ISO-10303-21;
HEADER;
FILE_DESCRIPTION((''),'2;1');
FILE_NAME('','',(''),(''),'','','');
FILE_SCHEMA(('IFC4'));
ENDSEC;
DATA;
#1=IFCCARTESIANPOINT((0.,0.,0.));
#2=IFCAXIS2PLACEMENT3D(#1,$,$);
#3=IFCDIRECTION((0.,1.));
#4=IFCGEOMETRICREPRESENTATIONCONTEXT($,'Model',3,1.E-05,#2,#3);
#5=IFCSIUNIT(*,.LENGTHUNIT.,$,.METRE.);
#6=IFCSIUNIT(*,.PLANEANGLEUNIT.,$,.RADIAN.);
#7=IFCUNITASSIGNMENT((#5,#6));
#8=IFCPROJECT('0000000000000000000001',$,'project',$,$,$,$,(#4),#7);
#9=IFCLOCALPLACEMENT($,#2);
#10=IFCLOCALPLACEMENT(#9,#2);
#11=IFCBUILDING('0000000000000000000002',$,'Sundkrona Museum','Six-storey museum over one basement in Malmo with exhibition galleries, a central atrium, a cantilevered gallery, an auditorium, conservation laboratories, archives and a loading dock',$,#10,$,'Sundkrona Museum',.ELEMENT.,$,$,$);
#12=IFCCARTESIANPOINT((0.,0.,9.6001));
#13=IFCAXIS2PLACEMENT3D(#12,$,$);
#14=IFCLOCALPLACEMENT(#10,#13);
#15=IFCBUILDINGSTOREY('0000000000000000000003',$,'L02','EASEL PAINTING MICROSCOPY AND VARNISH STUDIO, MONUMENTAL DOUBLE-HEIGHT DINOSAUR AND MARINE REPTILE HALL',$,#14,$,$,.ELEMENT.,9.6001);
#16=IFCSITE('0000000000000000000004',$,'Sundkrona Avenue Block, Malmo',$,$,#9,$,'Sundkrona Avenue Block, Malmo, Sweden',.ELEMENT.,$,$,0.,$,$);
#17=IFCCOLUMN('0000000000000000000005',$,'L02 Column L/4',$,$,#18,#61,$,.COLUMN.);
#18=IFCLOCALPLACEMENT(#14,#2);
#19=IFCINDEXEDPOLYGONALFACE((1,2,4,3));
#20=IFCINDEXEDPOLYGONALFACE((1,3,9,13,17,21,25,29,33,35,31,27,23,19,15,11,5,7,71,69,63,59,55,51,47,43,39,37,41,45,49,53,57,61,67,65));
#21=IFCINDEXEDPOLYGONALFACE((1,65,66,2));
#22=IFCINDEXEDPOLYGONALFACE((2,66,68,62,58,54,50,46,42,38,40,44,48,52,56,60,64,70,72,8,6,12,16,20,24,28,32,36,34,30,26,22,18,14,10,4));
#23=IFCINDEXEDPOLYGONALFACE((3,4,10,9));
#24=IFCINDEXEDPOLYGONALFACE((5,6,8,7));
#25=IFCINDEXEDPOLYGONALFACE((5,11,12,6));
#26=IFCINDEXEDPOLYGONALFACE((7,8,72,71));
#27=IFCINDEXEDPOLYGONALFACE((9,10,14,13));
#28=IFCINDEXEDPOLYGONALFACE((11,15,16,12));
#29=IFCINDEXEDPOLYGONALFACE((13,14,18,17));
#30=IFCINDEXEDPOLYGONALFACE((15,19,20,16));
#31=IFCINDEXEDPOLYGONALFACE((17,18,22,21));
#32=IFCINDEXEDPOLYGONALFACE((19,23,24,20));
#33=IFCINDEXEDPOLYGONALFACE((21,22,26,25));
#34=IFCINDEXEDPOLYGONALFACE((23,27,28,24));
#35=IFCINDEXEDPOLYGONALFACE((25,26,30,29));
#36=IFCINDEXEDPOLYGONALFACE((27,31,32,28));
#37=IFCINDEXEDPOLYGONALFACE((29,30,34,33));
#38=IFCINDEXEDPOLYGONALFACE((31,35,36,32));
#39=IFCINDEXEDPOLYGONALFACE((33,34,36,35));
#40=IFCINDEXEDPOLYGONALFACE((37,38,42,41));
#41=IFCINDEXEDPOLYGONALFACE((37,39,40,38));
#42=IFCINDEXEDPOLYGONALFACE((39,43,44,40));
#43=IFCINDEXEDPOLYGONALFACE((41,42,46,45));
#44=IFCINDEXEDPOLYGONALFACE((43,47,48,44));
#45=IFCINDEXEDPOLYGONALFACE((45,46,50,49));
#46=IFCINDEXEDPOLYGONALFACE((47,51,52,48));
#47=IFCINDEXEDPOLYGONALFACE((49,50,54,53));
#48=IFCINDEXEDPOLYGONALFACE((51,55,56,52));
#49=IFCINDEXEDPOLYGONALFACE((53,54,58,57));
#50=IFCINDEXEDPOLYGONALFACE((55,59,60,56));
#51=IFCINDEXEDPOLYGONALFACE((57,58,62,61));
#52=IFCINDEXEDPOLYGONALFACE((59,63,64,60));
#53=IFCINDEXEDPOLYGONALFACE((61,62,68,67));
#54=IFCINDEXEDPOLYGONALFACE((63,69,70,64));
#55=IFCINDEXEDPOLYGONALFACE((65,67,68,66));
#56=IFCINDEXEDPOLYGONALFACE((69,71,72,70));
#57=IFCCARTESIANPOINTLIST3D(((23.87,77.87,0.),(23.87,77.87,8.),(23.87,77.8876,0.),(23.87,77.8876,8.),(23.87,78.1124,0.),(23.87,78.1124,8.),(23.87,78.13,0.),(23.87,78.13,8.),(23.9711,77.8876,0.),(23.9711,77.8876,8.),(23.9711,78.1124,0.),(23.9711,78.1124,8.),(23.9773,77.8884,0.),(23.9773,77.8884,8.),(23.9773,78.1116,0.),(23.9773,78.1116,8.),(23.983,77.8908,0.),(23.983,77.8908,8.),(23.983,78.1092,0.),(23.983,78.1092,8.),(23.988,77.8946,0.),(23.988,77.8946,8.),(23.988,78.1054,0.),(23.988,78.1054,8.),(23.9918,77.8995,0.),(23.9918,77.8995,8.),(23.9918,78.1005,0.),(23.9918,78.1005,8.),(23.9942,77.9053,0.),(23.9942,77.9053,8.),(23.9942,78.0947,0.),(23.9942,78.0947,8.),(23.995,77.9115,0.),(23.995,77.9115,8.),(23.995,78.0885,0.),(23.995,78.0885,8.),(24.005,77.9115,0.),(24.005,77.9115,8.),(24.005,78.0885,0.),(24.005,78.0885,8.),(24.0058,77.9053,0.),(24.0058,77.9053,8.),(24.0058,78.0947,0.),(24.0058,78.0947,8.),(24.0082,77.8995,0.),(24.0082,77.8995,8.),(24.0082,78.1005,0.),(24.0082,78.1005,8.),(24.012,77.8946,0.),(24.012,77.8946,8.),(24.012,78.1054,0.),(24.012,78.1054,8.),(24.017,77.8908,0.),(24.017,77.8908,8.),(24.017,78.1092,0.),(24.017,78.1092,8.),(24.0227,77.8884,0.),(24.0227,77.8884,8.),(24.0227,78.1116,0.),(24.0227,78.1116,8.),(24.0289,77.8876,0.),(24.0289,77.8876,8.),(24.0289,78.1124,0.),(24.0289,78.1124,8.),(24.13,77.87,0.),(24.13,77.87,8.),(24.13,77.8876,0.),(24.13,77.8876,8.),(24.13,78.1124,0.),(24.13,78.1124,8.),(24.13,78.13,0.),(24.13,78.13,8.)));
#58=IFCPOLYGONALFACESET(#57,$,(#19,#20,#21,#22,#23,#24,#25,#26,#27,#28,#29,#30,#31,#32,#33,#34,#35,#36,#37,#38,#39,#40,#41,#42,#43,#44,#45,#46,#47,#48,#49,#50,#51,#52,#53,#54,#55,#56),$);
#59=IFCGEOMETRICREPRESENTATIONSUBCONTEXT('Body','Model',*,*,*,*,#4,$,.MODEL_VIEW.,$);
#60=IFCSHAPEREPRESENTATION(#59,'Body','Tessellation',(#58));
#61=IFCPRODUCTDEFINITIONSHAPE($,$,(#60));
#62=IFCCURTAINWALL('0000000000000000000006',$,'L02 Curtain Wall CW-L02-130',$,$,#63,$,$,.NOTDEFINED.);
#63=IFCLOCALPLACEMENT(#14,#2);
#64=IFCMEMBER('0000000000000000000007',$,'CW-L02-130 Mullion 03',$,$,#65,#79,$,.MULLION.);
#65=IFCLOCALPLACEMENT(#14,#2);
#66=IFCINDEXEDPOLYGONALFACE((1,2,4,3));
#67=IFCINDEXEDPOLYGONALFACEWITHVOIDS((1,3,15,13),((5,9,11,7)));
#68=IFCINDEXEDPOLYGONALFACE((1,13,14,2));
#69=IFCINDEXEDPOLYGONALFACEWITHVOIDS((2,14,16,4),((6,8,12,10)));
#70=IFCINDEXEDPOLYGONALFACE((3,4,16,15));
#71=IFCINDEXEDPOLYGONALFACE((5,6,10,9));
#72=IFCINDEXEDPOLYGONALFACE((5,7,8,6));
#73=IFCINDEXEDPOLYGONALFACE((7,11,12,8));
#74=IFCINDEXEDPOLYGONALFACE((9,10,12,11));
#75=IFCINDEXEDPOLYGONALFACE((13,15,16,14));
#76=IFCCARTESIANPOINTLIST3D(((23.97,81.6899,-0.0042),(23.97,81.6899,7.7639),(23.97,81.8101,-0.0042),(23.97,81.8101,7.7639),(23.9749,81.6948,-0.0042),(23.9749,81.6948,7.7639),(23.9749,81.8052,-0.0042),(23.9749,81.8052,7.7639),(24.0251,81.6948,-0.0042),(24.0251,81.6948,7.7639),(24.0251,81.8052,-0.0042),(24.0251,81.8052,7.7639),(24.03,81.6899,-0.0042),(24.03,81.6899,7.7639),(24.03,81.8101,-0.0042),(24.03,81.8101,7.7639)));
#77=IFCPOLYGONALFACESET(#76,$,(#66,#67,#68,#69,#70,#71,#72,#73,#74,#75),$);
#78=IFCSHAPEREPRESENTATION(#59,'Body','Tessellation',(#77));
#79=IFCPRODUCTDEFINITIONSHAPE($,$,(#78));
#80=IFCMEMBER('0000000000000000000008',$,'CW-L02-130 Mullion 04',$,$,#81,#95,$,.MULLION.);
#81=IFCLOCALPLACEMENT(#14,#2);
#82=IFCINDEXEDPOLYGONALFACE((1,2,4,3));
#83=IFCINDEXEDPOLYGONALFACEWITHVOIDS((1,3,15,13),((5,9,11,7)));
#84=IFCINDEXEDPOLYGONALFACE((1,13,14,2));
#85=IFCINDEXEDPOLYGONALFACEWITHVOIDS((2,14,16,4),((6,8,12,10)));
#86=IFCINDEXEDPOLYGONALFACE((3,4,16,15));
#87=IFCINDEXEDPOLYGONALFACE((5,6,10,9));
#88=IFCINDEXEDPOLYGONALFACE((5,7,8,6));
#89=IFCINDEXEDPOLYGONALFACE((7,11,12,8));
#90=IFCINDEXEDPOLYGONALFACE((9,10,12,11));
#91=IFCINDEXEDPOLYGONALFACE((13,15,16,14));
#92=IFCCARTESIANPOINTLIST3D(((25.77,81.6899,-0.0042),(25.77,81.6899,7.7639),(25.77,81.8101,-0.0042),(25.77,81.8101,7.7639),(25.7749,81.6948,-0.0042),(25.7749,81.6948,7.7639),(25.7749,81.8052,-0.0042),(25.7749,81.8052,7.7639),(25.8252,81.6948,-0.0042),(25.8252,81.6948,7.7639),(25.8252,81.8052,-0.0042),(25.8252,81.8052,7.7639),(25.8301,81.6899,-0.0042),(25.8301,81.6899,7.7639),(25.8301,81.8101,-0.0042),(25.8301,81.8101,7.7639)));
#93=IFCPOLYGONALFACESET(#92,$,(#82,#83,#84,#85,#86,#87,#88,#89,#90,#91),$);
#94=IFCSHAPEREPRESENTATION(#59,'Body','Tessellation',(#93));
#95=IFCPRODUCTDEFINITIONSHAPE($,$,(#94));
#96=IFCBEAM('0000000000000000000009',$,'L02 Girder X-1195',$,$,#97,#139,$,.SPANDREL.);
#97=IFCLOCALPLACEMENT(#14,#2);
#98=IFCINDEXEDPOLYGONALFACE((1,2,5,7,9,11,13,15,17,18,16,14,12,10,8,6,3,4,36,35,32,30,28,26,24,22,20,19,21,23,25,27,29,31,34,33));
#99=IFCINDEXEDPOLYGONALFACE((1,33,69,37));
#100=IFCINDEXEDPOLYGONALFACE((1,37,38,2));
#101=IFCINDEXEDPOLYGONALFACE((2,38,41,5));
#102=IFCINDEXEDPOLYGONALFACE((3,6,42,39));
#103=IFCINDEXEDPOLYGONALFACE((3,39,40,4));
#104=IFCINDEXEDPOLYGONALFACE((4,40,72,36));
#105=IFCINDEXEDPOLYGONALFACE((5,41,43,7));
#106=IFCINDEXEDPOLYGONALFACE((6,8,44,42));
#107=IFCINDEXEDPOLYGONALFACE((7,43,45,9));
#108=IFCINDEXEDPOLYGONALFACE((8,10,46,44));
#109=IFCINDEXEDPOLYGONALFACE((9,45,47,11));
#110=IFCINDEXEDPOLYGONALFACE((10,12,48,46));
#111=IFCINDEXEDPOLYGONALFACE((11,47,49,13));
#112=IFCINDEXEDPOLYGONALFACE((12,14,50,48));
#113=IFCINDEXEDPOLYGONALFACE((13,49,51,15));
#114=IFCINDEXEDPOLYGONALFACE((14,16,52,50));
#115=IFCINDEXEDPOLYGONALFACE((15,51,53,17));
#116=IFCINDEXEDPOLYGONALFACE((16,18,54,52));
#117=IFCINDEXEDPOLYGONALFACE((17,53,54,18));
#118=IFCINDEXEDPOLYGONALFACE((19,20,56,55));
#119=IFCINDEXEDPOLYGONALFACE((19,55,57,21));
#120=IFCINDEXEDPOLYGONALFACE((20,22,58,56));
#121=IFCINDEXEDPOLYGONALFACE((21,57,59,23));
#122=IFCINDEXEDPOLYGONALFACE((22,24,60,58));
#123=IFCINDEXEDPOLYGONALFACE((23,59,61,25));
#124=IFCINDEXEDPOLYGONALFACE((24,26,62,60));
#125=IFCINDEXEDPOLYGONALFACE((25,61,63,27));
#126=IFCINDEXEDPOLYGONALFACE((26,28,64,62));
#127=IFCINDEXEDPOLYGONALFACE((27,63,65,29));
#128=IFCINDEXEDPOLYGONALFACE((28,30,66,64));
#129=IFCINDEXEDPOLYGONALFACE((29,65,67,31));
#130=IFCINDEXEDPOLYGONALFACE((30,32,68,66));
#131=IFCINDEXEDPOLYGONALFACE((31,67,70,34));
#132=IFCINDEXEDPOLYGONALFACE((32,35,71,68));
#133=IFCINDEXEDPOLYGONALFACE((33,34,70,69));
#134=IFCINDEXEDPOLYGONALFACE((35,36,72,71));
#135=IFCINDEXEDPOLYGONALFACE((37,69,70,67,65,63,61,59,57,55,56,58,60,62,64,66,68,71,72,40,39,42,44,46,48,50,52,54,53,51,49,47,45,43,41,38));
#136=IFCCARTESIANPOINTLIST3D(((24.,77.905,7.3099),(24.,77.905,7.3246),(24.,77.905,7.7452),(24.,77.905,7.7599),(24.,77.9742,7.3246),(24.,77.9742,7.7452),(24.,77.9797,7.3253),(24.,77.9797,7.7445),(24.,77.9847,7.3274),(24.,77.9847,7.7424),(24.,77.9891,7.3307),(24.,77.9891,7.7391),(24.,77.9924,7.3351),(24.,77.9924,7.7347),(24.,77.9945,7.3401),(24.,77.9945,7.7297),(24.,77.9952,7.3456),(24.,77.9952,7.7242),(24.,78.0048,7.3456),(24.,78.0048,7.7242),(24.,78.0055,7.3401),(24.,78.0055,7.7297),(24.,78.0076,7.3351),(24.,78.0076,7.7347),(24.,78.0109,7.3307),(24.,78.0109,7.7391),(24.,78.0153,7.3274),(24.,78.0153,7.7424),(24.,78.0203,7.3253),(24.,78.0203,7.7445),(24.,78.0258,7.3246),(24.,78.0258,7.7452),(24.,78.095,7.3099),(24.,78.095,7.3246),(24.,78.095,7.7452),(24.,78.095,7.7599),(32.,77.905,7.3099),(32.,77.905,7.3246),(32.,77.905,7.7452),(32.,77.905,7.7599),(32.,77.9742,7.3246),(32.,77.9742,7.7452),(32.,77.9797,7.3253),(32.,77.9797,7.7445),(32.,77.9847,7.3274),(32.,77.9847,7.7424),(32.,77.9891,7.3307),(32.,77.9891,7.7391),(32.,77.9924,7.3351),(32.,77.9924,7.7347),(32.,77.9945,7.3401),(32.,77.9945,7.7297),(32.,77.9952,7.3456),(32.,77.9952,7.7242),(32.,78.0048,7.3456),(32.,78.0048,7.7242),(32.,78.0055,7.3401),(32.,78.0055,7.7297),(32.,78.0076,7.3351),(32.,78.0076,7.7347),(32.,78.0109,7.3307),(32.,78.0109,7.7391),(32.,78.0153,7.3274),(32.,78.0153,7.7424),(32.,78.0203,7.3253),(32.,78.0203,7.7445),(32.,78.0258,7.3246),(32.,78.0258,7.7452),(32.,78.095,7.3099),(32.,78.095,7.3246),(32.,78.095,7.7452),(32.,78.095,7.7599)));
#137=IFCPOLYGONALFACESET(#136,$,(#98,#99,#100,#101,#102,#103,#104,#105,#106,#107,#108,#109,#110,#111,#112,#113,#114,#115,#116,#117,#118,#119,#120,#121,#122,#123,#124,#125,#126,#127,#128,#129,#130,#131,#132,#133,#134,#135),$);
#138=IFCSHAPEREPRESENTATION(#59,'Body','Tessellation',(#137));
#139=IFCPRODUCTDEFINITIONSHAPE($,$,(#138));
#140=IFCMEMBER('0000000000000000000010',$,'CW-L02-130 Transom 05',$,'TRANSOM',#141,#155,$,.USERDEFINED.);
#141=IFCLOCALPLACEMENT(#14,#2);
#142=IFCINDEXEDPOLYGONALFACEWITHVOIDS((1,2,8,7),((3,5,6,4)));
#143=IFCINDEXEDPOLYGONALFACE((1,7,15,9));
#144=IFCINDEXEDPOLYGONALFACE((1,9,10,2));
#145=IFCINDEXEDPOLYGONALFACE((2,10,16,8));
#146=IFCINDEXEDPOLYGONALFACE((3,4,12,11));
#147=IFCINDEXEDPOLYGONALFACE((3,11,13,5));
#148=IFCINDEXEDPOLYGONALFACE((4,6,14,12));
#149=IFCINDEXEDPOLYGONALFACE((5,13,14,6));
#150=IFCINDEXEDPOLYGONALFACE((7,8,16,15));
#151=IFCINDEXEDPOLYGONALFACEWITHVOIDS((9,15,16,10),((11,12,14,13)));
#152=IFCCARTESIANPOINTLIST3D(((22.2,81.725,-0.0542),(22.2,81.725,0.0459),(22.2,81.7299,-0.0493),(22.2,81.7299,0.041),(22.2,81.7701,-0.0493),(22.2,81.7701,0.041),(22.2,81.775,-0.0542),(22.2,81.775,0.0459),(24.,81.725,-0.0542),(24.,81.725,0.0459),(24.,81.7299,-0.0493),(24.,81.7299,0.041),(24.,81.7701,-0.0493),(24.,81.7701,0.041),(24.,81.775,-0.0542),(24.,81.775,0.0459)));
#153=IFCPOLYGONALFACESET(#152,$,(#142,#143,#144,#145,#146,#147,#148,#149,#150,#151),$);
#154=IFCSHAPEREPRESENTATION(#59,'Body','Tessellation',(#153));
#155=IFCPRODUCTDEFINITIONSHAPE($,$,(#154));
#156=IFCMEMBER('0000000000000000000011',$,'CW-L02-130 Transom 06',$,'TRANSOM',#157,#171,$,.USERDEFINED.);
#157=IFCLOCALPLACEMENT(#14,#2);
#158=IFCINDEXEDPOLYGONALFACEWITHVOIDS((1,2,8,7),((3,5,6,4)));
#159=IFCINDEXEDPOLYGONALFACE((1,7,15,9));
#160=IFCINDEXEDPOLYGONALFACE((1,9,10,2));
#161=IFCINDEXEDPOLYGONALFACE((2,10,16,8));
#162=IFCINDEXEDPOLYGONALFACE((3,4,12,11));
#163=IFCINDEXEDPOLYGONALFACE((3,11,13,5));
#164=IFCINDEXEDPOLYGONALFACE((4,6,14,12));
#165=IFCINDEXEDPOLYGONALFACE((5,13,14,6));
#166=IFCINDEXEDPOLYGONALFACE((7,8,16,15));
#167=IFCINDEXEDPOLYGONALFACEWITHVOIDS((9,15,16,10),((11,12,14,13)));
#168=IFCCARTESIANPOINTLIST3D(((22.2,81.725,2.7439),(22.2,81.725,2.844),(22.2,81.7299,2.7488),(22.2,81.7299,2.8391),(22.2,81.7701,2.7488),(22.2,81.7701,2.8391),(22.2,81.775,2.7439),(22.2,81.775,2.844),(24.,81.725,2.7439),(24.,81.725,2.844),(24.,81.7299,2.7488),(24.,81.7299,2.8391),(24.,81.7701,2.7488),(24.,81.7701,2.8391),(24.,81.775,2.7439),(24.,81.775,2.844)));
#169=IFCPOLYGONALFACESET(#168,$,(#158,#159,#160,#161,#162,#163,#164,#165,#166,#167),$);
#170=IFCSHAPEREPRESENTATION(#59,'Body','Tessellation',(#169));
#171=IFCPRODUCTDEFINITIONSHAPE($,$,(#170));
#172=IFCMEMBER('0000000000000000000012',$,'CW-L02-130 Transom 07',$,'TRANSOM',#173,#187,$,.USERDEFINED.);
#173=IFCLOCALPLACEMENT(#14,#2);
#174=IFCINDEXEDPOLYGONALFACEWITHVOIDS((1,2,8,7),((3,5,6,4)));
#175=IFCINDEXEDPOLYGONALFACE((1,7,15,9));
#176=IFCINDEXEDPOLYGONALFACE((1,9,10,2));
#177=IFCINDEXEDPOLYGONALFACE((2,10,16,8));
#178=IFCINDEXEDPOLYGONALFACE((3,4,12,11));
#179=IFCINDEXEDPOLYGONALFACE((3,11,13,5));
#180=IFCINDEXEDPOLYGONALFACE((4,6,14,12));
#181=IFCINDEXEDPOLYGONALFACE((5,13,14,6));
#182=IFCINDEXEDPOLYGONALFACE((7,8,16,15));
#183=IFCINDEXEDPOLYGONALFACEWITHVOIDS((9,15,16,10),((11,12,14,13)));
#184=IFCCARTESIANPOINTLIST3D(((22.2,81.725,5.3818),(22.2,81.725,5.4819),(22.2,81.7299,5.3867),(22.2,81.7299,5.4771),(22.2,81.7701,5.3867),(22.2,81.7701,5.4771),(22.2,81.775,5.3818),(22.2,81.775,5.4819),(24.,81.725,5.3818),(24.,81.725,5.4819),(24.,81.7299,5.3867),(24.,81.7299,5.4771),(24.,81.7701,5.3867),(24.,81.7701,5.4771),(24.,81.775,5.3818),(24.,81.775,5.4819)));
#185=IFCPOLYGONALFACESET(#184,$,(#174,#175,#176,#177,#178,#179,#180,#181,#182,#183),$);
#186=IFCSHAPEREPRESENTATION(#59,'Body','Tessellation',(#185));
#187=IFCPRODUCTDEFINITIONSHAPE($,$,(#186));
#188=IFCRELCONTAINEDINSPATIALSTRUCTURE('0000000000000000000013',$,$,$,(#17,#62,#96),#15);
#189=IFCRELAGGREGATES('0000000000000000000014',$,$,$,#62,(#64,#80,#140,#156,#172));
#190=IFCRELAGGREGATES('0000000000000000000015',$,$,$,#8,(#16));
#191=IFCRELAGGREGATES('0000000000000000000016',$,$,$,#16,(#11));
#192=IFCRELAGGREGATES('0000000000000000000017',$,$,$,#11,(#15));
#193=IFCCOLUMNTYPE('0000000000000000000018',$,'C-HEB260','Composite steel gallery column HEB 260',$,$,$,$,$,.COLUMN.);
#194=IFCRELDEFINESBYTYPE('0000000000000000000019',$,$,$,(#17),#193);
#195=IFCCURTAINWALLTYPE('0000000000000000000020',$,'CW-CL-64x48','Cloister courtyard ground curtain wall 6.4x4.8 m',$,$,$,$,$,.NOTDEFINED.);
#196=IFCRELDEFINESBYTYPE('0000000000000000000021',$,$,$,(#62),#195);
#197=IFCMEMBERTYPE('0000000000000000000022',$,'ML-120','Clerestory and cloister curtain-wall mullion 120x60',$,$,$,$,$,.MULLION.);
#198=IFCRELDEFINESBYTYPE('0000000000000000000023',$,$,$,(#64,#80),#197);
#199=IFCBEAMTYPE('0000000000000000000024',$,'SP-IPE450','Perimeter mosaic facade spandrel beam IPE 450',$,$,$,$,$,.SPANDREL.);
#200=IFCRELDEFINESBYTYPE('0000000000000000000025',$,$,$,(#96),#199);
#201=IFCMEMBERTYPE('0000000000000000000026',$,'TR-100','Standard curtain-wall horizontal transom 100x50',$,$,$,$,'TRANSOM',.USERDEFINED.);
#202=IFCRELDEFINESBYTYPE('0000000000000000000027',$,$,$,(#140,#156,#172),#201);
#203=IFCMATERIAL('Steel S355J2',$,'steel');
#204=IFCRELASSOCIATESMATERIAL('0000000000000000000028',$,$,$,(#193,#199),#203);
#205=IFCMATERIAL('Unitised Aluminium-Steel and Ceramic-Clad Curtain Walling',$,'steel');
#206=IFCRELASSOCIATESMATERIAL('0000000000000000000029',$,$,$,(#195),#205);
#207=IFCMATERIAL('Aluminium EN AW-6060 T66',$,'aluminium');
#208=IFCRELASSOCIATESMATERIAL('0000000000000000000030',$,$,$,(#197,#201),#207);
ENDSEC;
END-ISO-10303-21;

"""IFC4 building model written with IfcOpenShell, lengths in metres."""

from ifc_helpers import new_model, si_unit, direction, frame, origin, origin_2d, place, context, subcontext, project, spatial, hollow_rectangle, i_section, extrude, material, material_profile, profile_set, type_object, element, aggregate, save


model = new_model("IFC4")

# Units and contexts
model_context = context("Model", 3, precision=1e-05, world=origin(), true_north=direction((0.0, 1.0)))
body_context = subcontext(model_context, "Body", "Model", "MODEL_VIEW")
ifc_project = project(units=[si_unit("LENGTHUNIT", "METRE"), si_unit("PLANEANGLEUNIT", "RADIAN")], contexts=[model_context])

# Site, building, storey
site_placement = place(None, origin())
site = spatial("IfcSite", under=ifc_project, at=site_placement, Name="Sundkrona Avenue Block, Malmo", LongName="Sundkrona Avenue Block, Malmo, Sweden", CompositionType="ELEMENT", RefElevation=0.0)
building_placement = place(site_placement, origin())
building = spatial("IfcBuilding", under=site, at=building_placement, Name="Sundkrona Museum", Description="Six-storey museum over one basement in Malmo with exhibition galleries, a central atrium, a cantilevered gallery, an auditorium, conservation laboratories, archives and a loading dock", LongName="Sundkrona Museum", CompositionType="ELEMENT")
storey_placement = place(building_placement, frame((0.0, 0.0, 9.6001)))
storey = spatial("IfcBuildingStorey", under=building, at=storey_placement, Name="L02", Description="EASEL PAINTING MICROSCOPY AND VARNISH STUDIO, MONUMENTAL DOUBLE-HEIGHT DINOSAUR AND MARINE REPTILE HALL", CompositionType="ELEMENT", Elevation=9.6001)

# Column
ifc_material_1 = material(Name="Steel S355J2", Category="steel")
ifc_material_profile_1 = material_profile(ifc_material_1, i_section(OverallWidth=0.26, OverallDepth=0.26, WebThickness=0.01, FlangeThickness=0.0176, FilletRadius=0.0239, at=origin_2d()), Name="HEB 260")
ifc_profile_set_1 = profile_set([ifc_material_profile_1], Name="Steel S355J2")
column_type = type_object("IfcColumnType", Name="C-HEB260", Description="Composite steel gallery column HEB 260", PredefinedType="COLUMN", material=ifc_profile_set_1)
column_placement = place(storey_placement, frame((24.0, 78.0, 0.0), z_axis=(0.0, 0.0, 1.0), x_axis=(1.0, 0.0, 0.0)))
element("IfcColumn", 1, at=column_placement, inside=storey, type_object=column_type, Name="L02 Column L/4", PredefinedType="COLUMN", context=body_context, shape_type="SweptSolid", body=[
    extrude(i_section(OverallWidth=0.26, OverallDepth=0.26, WebThickness=0.01, FlangeThickness=0.0176, FilletRadius=0.0239, at=origin_2d()), origin(), (0.0, 0.0, 1.0), 8.0),
])

# Curtain wall, members
ifc_material_2 = material(Name="Unitised Aluminium-Steel and Ceramic-Clad Curtain Walling", Category="steel")
curtain_wall_type = type_object("IfcCurtainWallType", Name="CW-CL-64x48", Description="Cloister courtyard ground curtain wall 6.4x4.8 m", PredefinedType="NOTDEFINED", material=ifc_material_2)
curtain_wall_placement = place(storey_placement, origin())
curtain_wall = element("IfcCurtainWall", 2, at=curtain_wall_placement, inside=storey, type_object=curtain_wall_type, Name="L02 Curtain Wall CW-L02-130", PredefinedType="NOTDEFINED")
ifc_material_3 = material(Name="Aluminium EN AW-6060 T66", Category="aluminium")
ifc_material_profile_2 = material_profile(ifc_material_3, hollow_rectangle(XDim=0.0601, YDim=0.1201, WallThickness=0.0049, at=origin_2d()), Name="RHS 120x60x5.0")
ifc_profile_set_2 = profile_set([ifc_material_profile_2], Name="Aluminium EN AW-6060 T66")
member_type_1 = type_object("IfcMemberType", Name="ML-120", Description="Clerestory and cloister curtain-wall mullion 120x60", PredefinedType="MULLION", material=ifc_profile_set_2)
member_1_placement = place(storey_placement, frame((24.0, 81.75, -0.0042), z_axis=(0.0, 0.0, 1.0), x_axis=(1.0, 0.0, 0.0)))
member_1 = element("IfcMember", 3, at=member_1_placement, type_object=member_type_1, Name="CW-L02-130 Mullion 03", PredefinedType="MULLION", context=body_context, shape_type="SweptSolid", body=[
    extrude(hollow_rectangle(XDim=0.0601, YDim=0.1201, WallThickness=0.0049, at=origin_2d()), origin(), (0.0, 0.0, 1.0), 7.7681),
])
member_2_placement = place(storey_placement, frame((25.8, 81.75, -0.0042), z_axis=(0.0, 0.0, 1.0), x_axis=(1.0, 0.0, 0.0)))
member_2 = element("IfcMember", 4, at=member_2_placement, type_object=member_type_1, Name="CW-L02-130 Mullion 04", PredefinedType="MULLION", context=body_context, shape_type="SweptSolid", body=[
    extrude(hollow_rectangle(XDim=0.0601, YDim=0.1201, WallThickness=0.0049, at=origin_2d()), origin(), (0.0, 0.0, 1.0), 7.7681),
])

# Beam
ifc_material_profile_3 = material_profile(ifc_material_1, i_section(OverallWidth=0.1899, OverallDepth=0.45, WebThickness=0.0095, FlangeThickness=0.0146, FilletRadius=0.021, at=origin_2d()), Name="IPE 450")
ifc_profile_set_3 = profile_set([ifc_material_profile_3], Name="Steel S355J2")
beam_type = type_object("IfcBeamType", Name="SP-IPE450", Description="Perimeter mosaic facade spandrel beam IPE 450", PredefinedType="SPANDREL", material=ifc_profile_set_3)
beam_placement = place(storey_placement, frame((24.0, 78.0, 7.5349), z_axis=(1.0, 0.0, 0.0), x_axis=(0.0, 1.0, 0.0)))
element("IfcBeam", 5, at=beam_placement, inside=storey, type_object=beam_type, Name="L02 Girder X-1195", PredefinedType="SPANDREL", context=body_context, shape_type="SweptSolid", body=[
    extrude(i_section(OverallWidth=0.1899, OverallDepth=0.45, WebThickness=0.0095, FlangeThickness=0.0146, FilletRadius=0.021, at=origin_2d()), origin(), (0.0, 0.0, 1.0), 8.0),
])

# Members
ifc_material_profile_4 = material_profile(ifc_material_3, hollow_rectangle(XDim=0.05, YDim=0.1001, WallThickness=0.0049, at=origin_2d()), Name="RHS 100x50x5.0")
ifc_profile_set_4 = profile_set([ifc_material_profile_4], Name="Aluminium EN AW-6060 T66")
member_type_2 = type_object("IfcMemberType", Name="TR-100", Description="Standard curtain-wall horizontal transom 100x50", ElementType="TRANSOM", PredefinedType="USERDEFINED", material=ifc_profile_set_4)
member_3_placement = place(storey_placement, frame((22.2, 81.75, -0.0042), z_axis=(1.0, 0.0, 0.0), x_axis=(0.0, 1.0, 0.0)))
member_3 = element("IfcMember", 6, at=member_3_placement, type_object=member_type_2, Name="CW-L02-130 Transom 05", ObjectType="TRANSOM", PredefinedType="USERDEFINED", context=body_context, shape_type="SweptSolid", body=[
    extrude(hollow_rectangle(XDim=0.05, YDim=0.1001, WallThickness=0.0049, at=origin_2d()), origin(), (0.0, 0.0, 1.0), 1.8),
])
member_4_placement = place(storey_placement, frame((22.2, 81.75, 2.7939), z_axis=(1.0, 0.0, 0.0), x_axis=(0.0, 1.0, 0.0)))
member_4 = element("IfcMember", 7, at=member_4_placement, type_object=member_type_2, Name="CW-L02-130 Transom 06", ObjectType="TRANSOM", PredefinedType="USERDEFINED", context=body_context, shape_type="SweptSolid", body=[
    extrude(hollow_rectangle(XDim=0.05, YDim=0.1001, WallThickness=0.0049, at=origin_2d()), origin(), (0.0, 0.0, 1.0), 1.8),
])
member_5_placement = place(storey_placement, frame((22.2, 81.75, 5.4319), z_axis=(1.0, 0.0, 0.0), x_axis=(0.0, 1.0, 0.0)))
member_5 = element("IfcMember", 8, at=member_5_placement, type_object=member_type_2, Name="CW-L02-130 Transom 07", ObjectType="TRANSOM", PredefinedType="USERDEFINED", context=body_context, shape_type="SweptSolid", body=[
    extrude(hollow_rectangle(XDim=0.05, YDim=0.1001, WallThickness=0.0049, at=origin_2d()), origin(), (0.0, 0.0, 1.0), 1.8),
])

aggregate(curtain_wall, [member_1, member_2, member_3, member_4, member_5])

save(model, "model.ifc")
